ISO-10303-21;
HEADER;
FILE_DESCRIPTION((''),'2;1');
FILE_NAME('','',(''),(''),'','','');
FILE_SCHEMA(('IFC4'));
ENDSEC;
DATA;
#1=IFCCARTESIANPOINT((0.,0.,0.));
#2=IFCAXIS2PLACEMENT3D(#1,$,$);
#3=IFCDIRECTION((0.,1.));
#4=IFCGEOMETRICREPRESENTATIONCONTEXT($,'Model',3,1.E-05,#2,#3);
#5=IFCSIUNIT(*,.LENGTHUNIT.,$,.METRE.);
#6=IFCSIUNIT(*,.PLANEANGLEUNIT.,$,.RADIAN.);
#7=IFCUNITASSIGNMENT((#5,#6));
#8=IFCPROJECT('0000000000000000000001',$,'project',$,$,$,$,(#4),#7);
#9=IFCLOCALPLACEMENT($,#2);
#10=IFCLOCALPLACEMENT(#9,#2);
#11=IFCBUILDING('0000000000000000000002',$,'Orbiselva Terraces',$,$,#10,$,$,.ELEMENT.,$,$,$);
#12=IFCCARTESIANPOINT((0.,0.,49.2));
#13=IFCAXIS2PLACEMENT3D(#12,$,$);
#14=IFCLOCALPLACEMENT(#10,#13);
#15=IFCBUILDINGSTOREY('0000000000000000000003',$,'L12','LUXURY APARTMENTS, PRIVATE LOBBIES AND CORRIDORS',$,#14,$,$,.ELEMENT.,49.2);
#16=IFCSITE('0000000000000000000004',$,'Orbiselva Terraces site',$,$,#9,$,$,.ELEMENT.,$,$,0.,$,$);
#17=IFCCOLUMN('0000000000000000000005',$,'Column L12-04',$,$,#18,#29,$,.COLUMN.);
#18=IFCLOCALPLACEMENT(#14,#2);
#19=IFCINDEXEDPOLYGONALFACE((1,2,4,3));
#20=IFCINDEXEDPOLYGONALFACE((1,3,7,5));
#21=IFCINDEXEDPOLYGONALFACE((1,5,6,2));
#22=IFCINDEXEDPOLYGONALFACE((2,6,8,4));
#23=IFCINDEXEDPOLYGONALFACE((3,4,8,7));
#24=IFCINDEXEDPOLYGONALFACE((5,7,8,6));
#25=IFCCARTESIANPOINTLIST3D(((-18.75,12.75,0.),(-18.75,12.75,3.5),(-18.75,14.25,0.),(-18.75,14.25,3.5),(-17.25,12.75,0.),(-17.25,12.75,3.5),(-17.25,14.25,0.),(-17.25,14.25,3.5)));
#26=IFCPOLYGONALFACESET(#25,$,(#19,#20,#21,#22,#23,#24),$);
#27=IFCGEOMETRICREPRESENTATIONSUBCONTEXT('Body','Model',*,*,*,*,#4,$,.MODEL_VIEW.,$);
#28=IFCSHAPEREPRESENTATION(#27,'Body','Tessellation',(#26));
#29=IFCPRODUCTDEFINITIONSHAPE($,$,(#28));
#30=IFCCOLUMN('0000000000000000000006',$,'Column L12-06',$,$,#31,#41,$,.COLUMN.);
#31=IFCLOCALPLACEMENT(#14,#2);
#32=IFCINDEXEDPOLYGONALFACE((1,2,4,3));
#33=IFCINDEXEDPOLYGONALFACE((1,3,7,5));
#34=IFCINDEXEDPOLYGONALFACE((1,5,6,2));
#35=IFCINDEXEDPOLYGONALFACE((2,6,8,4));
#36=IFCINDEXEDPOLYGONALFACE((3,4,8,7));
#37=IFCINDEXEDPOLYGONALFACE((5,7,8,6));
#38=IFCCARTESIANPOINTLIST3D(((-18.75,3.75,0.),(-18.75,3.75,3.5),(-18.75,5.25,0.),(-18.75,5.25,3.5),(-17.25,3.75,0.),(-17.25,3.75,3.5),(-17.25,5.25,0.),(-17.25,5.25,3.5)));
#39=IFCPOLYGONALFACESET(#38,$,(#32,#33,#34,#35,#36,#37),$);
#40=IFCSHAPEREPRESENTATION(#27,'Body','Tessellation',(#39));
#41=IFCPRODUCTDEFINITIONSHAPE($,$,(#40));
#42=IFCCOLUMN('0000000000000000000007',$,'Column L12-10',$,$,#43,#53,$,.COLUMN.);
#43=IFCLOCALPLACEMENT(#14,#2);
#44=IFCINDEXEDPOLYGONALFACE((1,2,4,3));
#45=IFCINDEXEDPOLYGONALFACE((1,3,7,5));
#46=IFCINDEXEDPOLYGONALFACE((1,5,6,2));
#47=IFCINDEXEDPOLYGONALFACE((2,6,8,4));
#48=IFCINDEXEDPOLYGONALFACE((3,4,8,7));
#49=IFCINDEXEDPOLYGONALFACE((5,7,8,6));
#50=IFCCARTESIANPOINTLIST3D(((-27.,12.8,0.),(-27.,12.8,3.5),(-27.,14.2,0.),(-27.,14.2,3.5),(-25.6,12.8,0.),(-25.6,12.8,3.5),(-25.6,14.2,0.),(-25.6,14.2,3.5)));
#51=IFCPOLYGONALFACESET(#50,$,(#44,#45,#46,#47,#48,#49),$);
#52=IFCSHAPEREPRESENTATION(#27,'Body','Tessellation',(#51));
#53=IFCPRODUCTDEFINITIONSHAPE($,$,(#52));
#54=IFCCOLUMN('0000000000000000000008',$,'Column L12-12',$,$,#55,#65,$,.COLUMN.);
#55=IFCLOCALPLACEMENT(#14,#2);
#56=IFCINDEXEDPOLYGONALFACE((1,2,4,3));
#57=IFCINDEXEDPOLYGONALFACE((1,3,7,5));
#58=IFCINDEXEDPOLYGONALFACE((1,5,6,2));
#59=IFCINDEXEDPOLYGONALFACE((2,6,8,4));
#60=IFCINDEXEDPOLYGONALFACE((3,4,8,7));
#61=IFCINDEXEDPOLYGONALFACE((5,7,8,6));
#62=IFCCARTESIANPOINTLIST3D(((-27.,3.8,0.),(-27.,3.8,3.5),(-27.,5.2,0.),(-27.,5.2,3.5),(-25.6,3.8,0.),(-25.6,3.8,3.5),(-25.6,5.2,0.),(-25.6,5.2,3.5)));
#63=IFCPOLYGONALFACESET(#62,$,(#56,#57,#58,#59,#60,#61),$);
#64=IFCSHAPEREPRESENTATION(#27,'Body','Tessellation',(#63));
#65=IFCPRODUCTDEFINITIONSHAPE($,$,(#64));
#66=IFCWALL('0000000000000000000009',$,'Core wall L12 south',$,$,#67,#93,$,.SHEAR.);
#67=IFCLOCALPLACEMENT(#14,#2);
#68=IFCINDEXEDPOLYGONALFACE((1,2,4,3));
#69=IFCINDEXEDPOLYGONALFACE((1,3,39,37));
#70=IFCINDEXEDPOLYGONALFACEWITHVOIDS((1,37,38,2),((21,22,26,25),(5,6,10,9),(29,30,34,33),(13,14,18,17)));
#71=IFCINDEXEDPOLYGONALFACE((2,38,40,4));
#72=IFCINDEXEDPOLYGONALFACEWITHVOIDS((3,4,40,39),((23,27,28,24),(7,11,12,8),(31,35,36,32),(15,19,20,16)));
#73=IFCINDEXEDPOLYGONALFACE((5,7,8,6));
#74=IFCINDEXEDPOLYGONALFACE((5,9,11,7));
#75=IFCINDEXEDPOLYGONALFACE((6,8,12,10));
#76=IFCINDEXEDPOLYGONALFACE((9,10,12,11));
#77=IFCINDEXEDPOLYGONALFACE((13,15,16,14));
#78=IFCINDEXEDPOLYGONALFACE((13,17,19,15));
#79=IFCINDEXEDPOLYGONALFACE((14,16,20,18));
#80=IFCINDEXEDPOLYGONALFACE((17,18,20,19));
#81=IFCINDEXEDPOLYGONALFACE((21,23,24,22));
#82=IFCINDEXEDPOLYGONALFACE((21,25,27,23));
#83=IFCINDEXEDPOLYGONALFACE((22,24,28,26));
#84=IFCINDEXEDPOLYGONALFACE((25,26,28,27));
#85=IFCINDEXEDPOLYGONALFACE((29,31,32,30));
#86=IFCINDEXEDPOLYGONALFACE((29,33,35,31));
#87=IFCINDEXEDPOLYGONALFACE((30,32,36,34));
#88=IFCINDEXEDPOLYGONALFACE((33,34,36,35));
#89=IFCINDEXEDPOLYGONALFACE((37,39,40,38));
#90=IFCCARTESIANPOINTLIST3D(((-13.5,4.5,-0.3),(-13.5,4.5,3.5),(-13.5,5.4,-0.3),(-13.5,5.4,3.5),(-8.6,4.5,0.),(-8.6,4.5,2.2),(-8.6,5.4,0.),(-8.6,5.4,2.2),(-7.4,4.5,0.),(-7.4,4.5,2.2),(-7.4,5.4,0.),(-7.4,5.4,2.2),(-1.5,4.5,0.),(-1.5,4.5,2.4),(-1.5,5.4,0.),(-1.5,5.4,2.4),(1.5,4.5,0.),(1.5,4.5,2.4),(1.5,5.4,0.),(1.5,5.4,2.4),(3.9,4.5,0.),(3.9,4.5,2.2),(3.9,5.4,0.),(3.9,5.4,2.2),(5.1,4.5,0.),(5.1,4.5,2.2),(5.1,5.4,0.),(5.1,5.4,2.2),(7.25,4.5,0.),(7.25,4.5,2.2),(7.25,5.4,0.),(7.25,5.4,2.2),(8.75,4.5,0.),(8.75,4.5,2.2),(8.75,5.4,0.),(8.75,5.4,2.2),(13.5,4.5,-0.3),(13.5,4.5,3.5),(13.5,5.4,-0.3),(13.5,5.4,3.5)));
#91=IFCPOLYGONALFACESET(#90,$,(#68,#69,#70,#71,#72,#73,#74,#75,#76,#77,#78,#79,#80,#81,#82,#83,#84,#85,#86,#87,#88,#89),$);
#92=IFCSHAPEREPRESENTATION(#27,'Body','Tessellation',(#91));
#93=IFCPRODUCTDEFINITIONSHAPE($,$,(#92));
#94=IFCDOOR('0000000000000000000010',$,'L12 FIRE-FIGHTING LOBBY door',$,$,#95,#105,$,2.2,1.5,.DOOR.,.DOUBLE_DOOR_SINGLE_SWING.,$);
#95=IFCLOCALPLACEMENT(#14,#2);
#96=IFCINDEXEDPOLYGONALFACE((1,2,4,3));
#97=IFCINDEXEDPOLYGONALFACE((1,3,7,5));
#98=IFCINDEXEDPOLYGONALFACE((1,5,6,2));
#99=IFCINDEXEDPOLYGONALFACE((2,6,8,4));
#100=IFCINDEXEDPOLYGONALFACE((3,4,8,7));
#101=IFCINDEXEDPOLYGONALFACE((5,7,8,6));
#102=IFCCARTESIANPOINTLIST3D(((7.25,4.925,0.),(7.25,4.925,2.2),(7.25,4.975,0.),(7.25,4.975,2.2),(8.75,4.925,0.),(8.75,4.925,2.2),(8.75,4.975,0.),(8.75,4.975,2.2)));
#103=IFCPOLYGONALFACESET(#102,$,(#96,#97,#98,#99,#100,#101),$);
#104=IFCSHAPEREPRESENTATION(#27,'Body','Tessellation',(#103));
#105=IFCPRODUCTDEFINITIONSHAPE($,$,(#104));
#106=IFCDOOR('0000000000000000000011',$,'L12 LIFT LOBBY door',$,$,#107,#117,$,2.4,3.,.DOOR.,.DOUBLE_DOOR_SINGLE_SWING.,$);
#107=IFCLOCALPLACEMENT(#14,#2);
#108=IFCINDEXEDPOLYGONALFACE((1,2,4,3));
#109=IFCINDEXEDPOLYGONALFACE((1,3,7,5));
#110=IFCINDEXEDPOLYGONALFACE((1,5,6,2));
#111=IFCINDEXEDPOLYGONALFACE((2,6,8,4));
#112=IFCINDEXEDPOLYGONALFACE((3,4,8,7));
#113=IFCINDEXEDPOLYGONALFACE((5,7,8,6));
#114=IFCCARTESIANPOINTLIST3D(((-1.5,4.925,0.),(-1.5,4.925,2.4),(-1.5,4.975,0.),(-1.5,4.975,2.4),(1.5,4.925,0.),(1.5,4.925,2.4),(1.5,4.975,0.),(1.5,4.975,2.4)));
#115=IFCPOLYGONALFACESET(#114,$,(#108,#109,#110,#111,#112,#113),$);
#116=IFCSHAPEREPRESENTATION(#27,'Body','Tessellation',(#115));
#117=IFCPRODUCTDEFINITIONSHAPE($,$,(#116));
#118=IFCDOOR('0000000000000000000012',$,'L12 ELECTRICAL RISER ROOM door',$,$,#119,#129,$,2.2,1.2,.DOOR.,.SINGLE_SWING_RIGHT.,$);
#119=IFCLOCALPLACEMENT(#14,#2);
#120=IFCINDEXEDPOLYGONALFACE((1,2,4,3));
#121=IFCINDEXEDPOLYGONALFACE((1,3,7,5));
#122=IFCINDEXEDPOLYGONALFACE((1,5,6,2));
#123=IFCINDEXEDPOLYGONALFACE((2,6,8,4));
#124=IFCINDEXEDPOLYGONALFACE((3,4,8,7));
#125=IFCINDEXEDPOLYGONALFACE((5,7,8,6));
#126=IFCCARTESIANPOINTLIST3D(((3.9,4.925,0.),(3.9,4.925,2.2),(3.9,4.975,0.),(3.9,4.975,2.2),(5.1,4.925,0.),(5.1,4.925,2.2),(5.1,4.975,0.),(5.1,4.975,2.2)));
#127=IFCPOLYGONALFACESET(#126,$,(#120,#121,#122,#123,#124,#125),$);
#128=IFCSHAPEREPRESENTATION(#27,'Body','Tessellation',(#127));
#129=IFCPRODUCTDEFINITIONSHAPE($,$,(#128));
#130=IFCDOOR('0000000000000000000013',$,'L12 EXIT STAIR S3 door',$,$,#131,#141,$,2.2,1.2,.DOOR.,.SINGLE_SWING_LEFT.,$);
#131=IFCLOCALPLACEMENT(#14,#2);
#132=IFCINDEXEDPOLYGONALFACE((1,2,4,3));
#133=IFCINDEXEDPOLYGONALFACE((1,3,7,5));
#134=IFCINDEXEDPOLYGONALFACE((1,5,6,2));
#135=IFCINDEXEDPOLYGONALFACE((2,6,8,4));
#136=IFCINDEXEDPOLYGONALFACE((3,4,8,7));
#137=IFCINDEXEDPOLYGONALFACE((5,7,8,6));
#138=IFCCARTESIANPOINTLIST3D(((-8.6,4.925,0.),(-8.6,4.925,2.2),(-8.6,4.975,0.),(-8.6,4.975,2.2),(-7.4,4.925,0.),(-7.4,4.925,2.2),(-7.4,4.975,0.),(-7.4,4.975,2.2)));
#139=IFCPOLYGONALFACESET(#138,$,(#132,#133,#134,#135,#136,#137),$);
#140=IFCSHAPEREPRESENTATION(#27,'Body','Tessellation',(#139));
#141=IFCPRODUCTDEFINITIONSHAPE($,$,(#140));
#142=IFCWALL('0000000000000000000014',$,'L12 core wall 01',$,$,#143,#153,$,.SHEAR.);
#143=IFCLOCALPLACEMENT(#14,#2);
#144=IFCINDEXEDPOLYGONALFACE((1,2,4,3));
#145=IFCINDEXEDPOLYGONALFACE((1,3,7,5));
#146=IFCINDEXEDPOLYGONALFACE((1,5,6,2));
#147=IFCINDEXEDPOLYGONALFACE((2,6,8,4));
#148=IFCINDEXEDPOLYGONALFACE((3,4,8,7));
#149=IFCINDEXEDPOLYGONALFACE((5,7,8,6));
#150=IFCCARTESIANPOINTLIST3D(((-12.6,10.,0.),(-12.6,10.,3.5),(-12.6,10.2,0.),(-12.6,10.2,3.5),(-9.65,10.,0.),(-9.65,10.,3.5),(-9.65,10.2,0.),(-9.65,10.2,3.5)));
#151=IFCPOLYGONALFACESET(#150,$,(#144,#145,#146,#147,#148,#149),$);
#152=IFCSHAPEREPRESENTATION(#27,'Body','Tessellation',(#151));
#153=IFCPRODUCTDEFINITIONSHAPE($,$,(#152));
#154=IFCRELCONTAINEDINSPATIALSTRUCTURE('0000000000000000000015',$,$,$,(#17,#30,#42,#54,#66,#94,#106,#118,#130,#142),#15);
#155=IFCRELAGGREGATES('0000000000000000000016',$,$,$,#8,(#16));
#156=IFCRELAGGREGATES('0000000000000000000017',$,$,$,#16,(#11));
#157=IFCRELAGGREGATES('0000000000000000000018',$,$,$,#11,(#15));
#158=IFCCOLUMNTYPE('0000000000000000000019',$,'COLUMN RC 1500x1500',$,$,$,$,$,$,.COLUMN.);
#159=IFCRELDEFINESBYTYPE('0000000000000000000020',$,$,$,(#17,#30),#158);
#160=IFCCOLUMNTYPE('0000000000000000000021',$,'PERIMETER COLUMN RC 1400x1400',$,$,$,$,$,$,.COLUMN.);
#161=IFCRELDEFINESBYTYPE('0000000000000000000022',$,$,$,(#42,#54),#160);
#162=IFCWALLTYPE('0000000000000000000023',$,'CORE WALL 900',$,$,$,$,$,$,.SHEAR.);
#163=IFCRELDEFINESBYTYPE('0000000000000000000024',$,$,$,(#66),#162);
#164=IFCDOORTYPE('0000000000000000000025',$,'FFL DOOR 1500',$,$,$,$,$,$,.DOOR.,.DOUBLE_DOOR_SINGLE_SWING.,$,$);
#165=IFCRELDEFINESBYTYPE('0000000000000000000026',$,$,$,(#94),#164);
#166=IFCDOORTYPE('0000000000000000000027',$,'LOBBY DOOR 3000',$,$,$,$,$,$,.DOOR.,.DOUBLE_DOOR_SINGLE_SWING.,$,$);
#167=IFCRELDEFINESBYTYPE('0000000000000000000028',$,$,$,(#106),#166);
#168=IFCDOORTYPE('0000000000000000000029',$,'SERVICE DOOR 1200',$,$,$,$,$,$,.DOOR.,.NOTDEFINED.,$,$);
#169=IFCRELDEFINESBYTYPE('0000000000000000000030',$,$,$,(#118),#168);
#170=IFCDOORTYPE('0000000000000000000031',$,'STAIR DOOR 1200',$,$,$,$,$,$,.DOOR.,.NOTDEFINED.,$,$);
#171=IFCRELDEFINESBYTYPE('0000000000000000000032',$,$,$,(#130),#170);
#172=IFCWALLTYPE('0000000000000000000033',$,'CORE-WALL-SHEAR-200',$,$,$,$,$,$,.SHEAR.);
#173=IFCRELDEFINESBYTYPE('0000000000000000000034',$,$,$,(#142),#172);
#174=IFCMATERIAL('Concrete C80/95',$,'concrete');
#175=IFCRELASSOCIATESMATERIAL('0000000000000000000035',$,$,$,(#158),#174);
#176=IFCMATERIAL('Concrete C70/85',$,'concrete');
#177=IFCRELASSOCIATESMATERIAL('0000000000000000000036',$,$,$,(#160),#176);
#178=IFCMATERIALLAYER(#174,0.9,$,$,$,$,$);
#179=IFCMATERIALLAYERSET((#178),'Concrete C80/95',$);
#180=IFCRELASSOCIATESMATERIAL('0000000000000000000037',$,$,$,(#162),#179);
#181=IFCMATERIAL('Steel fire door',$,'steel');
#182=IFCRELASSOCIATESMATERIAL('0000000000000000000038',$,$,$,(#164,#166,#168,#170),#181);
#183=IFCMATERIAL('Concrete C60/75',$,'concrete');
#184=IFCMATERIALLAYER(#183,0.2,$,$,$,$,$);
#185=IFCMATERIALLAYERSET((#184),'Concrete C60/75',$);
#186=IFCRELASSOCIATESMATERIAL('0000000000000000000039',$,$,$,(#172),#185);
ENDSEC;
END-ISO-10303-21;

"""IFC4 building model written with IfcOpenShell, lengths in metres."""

from ifc_helpers import new_model, si_unit, direction, frame, frame_2d, origin, origin_2d, place, context, subcontext, project, spatial, rectangle, extrude, material, layer, layer_set, material_profile, profile_set, type_object, element, fill, save


model = new_model("IFC4")

# Units and contexts
model_context = context("Model", 3, precision=1e-05, world=origin(), true_north=direction((0.0, 1.0)))
body_context = subcontext(model_context, "Body", "Model", "MODEL_VIEW")
ifc_project = project(units=[si_unit("LENGTHUNIT", "METRE"), si_unit("PLANEANGLEUNIT", "RADIAN")], contexts=[model_context])

# Site, building, storey
site_placement = place(None, origin())
site = spatial("IfcSite", under=ifc_project, at=site_placement, Name="Orbiselva Terraces site", CompositionType="ELEMENT", RefElevation=0.0)
building_placement = place(site_placement, origin())
building = spatial("IfcBuilding", under=site, at=building_placement, Name="Orbiselva Terraces", CompositionType="ELEMENT")
storey_placement = place(building_placement, frame((0.0, 0.0, 49.2)))
storey = spatial("IfcBuildingStorey", under=building, at=storey_placement, Name="L12", Description="LUXURY APARTMENTS, PRIVATE LOBBIES AND CORRIDORS", CompositionType="ELEMENT", Elevation=49.2)

# Columns
ifc_material_1 = material(Name="Concrete C80/95", Category="concrete")
ifc_material_profile_1 = material_profile(ifc_material_1, rectangle(XDim=1.5, YDim=1.5, at=origin_2d()), Name="RC 1500x1500")
ifc_profile_set_1 = profile_set([ifc_material_profile_1], Name="Concrete C80/95")
column_type_1 = type_object("IfcColumnType", Name="COLUMN RC 1500x1500", PredefinedType="COLUMN", material=ifc_profile_set_1)
for number, where, z_axis, x_axis, name in (
    (1, (-18.0, 13.5, 0.0), (0.0, 0.0, 1.0), (1.0, 0.0, 0.0), "Column L12-04"),
    (2, (-18.0, 4.5, 0.0), (0.0, 0.0, 1.0), (1.0, 0.0, 0.0), "Column L12-06"),
):
    element("IfcColumn", number, at=place(storey_placement, frame(where, z_axis=z_axis, x_axis=x_axis)), inside=storey, type_object=column_type_1, Name=name, PredefinedType="COLUMN", context=body_context, shape_type="SweptSolid", body=[
        extrude(rectangle(XDim=1.5, YDim=1.5, at=origin_2d()), origin(), (0.0, 0.0, 1.0), 3.5),
    ])
ifc_material_2 = material(Name="Concrete C70/85", Category="concrete")
ifc_material_profile_2 = material_profile(ifc_material_2, rectangle(XDim=1.4, YDim=1.4, at=origin_2d()), Name="RC 1400x1400")
ifc_profile_set_2 = profile_set([ifc_material_profile_2], Name="Concrete C70/85")
column_type_2 = type_object("IfcColumnType", Name="PERIMETER COLUMN RC 1400x1400", PredefinedType="COLUMN", material=ifc_profile_set_2)
for number, where, z_axis, x_axis, name in (
    (3, (-26.3, 13.5, 0.0), (0.0, 0.0, 1.0), (1.0, 0.0, 0.0), "Column L12-10"),
    (4, (-26.3, 4.5, 0.0), (0.0, 0.0, 1.0), (1.0, 0.0, 0.0), "Column L12-12"),
):
    element("IfcColumn", number, at=place(storey_placement, frame(where, z_axis=z_axis, x_axis=x_axis)), inside=storey, type_object=column_type_2, Name=name, PredefinedType="COLUMN", context=body_context, shape_type="SweptSolid", body=[
        extrude(rectangle(XDim=1.4, YDim=1.4, at=origin_2d()), origin(), (0.0, 0.0, 1.0), 3.5),
    ])

# Wall, openings, doors
ifc_layer_1 = layer(ifc_material_1, 0.9)
ifc_layer_set_1 = layer_set([ifc_layer_1], Name="Concrete C80/95")
wall_type_1 = type_object("IfcWallType", Name="CORE WALL 900", PredefinedType="SHEAR", material=ifc_layer_set_1)
wall_1_placement = place(storey_placement, frame((-13.5, 4.95, -0.3), z_axis=(0.0, 0.0, 1.0), x_axis=(1.0, 0.0, 0.0)))
wall_1 = element("IfcWall", 5, at=wall_1_placement, inside=storey, type_object=wall_type_1, Name="Core wall L12 south", PredefinedType="SHEAR", context=body_context, shape_type="SweptSolid", body=[
    extrude(rectangle(XDim=27.0, YDim=0.9, at=frame_2d((13.5, 0.0))), origin(), (0.0, 0.0, 1.0), 3.8),
])
opening_1_placement = place(wall_1_placement, frame((12.0, 0.0, 0.3)))
opening_1 = element("IfcOpeningElement", 6, at=opening_1_placement, cuts=wall_1, PredefinedType="OPENING", context=body_context, shape_type="SweptSolid", body=[
    extrude(rectangle(XDim=3.0, YDim=2.4, at=frame_2d((1.5, 1.2))), frame((0.0, 0.46, 0.0), z_axis=(0.0, -1.0, 0.0), x_axis=(1.0, 0.0, 0.0)), (0.0, 0.0, 1.0), 0.92),
])
opening_2_placement = place(wall_1_placement, frame((4.9, 0.0, 0.3)))
opening_2 = element("IfcOpeningElement", 7, at=opening_2_placement, cuts=wall_1, PredefinedType="OPENING", context=body_context, shape_type="SweptSolid", body=[
    extrude(rectangle(XDim=1.2, YDim=2.2, at=frame_2d((0.6, 1.1))), frame((0.0, 0.46, 0.0), z_axis=(0.0, -1.0, 0.0), x_axis=(1.0, 0.0, 0.0)), (0.0, 0.0, 1.0), 0.92),
])
opening_3_placement = place(wall_1_placement, frame((20.75, 0.0, 0.3)))
opening_3 = element("IfcOpeningElement", 8, at=opening_3_placement, cuts=wall_1, PredefinedType="OPENING", context=body_context, shape_type="SweptSolid", body=[
    extrude(rectangle(XDim=1.5, YDim=2.2, at=frame_2d((0.75, 1.1))), frame((0.0, 0.46, 0.0), z_axis=(0.0, -1.0, 0.0), x_axis=(1.0, 0.0, 0.0)), (0.0, 0.0, 1.0), 0.92),
])
opening_4_placement = place(wall_1_placement, frame((17.4, 0.0, 0.3)))
opening_4 = element("IfcOpeningElement", 9, at=opening_4_placement, cuts=wall_1, PredefinedType="OPENING", context=body_context, shape_type="SweptSolid", body=[
    extrude(rectangle(XDim=1.2, YDim=2.2, at=frame_2d((0.6, 1.1))), frame((0.0, 0.46, 0.0), z_axis=(0.0, -1.0, 0.0), x_axis=(1.0, 0.0, 0.0)), (0.0, 0.0, 1.0), 0.92),
])
ifc_material_3 = material(Name="Steel fire door", Category="steel")
door_type_1 = type_object("IfcDoorType", Name="FFL DOOR 1500", OperationType="DOUBLE_DOOR_SINGLE_SWING", PredefinedType="DOOR", material=ifc_material_3)
door_1_placement = place(opening_3_placement, frame((1.5, 0.0, 0.0), z_axis=(0.0, 0.0, 1.0), x_axis=(-1.0, 0.0, 0.0)))
door_1 = element("IfcDoor", 10, at=door_1_placement, inside=storey, type_object=door_type_1, Name="L12 FIRE-FIGHTING LOBBY door", OperationType="DOUBLE_DOOR_SINGLE_SWING", OverallHeight=2.2, OverallWidth=1.5, PredefinedType="DOOR", context=body_context, shape_type="SweptSolid", body=[
    extrude(rectangle(XDim=1.5, YDim=2.2, at=frame_2d((0.75, 1.1))), frame((0.0, 0.025, 0.0), z_axis=(0.0, -1.0, 0.0), x_axis=(1.0, 0.0, 0.0)), (0.0, 0.0, 1.0), 0.05),
])
fill(opening_3, door_1)
door_type_2 = type_object("IfcDoorType", Name="LOBBY DOOR 3000", OperationType="DOUBLE_DOOR_SINGLE_SWING", PredefinedType="DOOR", material=ifc_material_3)
door_2_placement = place(opening_1_placement, frame((3.0, 0.0, 0.0), z_axis=(0.0, 0.0, 1.0), x_axis=(-1.0, 0.0, 0.0)))
door_2 = element("IfcDoor", 11, at=door_2_placement, inside=storey, type_object=door_type_2, Name="L12 LIFT LOBBY door", OperationType="DOUBLE_DOOR_SINGLE_SWING", OverallHeight=2.4, OverallWidth=3.0, PredefinedType="DOOR", context=body_context, shape_type="SweptSolid", body=[
    extrude(rectangle(XDim=3.0, YDim=2.4, at=frame_2d((1.5, 1.2))), frame((0.0, 0.025, 0.0), z_axis=(0.0, -1.0, 0.0), x_axis=(1.0, 0.0, 0.0)), (0.0, 0.0, 1.0), 0.05),
])
fill(opening_1, door_2)
door_type_3 = type_object("IfcDoorType", Name="SERVICE DOOR 1200", OperationType="NOTDEFINED", PredefinedType="DOOR", material=ifc_material_3)
door_3_placement = place(opening_4_placement, frame((1.2, 0.0, 0.0), z_axis=(0.0, 0.0, 1.0), x_axis=(-1.0, 0.0, 0.0)))
door_3 = element("IfcDoor", 12, at=door_3_placement, inside=storey, type_object=door_type_3, Name="L12 ELECTRICAL RISER ROOM door", OperationType="SINGLE_SWING_RIGHT", OverallHeight=2.2, OverallWidth=1.2, PredefinedType="DOOR", context=body_context, shape_type="SweptSolid", body=[
    extrude(rectangle(XDim=1.2, YDim=2.2, at=frame_2d((0.6, 1.1))), frame((0.0, 0.025, 0.0), z_axis=(0.0, -1.0, 0.0), x_axis=(1.0, 0.0, 0.0)), (0.0, 0.0, 1.0), 0.05),
])
fill(opening_4, door_3)
door_type_4 = type_object("IfcDoorType", Name="STAIR DOOR 1200", OperationType="NOTDEFINED", PredefinedType="DOOR", material=ifc_material_3)
door_4_placement = place(opening_2_placement, frame((1.2, 0.0, 0.0), z_axis=(0.0, 0.0, 1.0), x_axis=(-1.0, 0.0, 0.0)))
door_4 = element("IfcDoor", 13, at=door_4_placement, inside=storey, type_object=door_type_4, Name="L12 EXIT STAIR S3 door", OperationType="SINGLE_SWING_LEFT", OverallHeight=2.2, OverallWidth=1.2, PredefinedType="DOOR", context=body_context, shape_type="SweptSolid", body=[
    extrude(rectangle(XDim=1.2, YDim=2.2, at=frame_2d((0.6, 1.1))), frame((0.0, 0.025, 0.0), z_axis=(0.0, -1.0, 0.0), x_axis=(1.0, 0.0, 0.0)), (0.0, 0.0, 1.0), 0.05),
])
fill(opening_2, door_4)

# Wall
ifc_material_4 = material(Name="Concrete C60/75", Category="concrete")
ifc_layer_2 = layer(ifc_material_4, 0.2)
ifc_layer_set_2 = layer_set([ifc_layer_2], Name="Concrete C60/75")
wall_type_2 = type_object("IfcWallType", Name="CORE-WALL-SHEAR-200", PredefinedType="SHEAR", material=ifc_layer_set_2)
wall_2_placement = place(storey_placement, frame((-12.6, 10.1, 0.0), z_axis=(0.0, 0.0, 1.0), x_axis=(1.0, 0.0, 0.0)))
element("IfcWall", 14, at=wall_2_placement, inside=storey, type_object=wall_type_2, Name="L12 core wall 01", PredefinedType="SHEAR", context=body_context, shape_type="SweptSolid", body=[
    extrude(rectangle(XDim=2.95, YDim=0.2, at=frame_2d((1.475, 0.0))), origin(), (0.0, 0.0, 1.0), 3.5),
])

save(model, "model.ifc")
